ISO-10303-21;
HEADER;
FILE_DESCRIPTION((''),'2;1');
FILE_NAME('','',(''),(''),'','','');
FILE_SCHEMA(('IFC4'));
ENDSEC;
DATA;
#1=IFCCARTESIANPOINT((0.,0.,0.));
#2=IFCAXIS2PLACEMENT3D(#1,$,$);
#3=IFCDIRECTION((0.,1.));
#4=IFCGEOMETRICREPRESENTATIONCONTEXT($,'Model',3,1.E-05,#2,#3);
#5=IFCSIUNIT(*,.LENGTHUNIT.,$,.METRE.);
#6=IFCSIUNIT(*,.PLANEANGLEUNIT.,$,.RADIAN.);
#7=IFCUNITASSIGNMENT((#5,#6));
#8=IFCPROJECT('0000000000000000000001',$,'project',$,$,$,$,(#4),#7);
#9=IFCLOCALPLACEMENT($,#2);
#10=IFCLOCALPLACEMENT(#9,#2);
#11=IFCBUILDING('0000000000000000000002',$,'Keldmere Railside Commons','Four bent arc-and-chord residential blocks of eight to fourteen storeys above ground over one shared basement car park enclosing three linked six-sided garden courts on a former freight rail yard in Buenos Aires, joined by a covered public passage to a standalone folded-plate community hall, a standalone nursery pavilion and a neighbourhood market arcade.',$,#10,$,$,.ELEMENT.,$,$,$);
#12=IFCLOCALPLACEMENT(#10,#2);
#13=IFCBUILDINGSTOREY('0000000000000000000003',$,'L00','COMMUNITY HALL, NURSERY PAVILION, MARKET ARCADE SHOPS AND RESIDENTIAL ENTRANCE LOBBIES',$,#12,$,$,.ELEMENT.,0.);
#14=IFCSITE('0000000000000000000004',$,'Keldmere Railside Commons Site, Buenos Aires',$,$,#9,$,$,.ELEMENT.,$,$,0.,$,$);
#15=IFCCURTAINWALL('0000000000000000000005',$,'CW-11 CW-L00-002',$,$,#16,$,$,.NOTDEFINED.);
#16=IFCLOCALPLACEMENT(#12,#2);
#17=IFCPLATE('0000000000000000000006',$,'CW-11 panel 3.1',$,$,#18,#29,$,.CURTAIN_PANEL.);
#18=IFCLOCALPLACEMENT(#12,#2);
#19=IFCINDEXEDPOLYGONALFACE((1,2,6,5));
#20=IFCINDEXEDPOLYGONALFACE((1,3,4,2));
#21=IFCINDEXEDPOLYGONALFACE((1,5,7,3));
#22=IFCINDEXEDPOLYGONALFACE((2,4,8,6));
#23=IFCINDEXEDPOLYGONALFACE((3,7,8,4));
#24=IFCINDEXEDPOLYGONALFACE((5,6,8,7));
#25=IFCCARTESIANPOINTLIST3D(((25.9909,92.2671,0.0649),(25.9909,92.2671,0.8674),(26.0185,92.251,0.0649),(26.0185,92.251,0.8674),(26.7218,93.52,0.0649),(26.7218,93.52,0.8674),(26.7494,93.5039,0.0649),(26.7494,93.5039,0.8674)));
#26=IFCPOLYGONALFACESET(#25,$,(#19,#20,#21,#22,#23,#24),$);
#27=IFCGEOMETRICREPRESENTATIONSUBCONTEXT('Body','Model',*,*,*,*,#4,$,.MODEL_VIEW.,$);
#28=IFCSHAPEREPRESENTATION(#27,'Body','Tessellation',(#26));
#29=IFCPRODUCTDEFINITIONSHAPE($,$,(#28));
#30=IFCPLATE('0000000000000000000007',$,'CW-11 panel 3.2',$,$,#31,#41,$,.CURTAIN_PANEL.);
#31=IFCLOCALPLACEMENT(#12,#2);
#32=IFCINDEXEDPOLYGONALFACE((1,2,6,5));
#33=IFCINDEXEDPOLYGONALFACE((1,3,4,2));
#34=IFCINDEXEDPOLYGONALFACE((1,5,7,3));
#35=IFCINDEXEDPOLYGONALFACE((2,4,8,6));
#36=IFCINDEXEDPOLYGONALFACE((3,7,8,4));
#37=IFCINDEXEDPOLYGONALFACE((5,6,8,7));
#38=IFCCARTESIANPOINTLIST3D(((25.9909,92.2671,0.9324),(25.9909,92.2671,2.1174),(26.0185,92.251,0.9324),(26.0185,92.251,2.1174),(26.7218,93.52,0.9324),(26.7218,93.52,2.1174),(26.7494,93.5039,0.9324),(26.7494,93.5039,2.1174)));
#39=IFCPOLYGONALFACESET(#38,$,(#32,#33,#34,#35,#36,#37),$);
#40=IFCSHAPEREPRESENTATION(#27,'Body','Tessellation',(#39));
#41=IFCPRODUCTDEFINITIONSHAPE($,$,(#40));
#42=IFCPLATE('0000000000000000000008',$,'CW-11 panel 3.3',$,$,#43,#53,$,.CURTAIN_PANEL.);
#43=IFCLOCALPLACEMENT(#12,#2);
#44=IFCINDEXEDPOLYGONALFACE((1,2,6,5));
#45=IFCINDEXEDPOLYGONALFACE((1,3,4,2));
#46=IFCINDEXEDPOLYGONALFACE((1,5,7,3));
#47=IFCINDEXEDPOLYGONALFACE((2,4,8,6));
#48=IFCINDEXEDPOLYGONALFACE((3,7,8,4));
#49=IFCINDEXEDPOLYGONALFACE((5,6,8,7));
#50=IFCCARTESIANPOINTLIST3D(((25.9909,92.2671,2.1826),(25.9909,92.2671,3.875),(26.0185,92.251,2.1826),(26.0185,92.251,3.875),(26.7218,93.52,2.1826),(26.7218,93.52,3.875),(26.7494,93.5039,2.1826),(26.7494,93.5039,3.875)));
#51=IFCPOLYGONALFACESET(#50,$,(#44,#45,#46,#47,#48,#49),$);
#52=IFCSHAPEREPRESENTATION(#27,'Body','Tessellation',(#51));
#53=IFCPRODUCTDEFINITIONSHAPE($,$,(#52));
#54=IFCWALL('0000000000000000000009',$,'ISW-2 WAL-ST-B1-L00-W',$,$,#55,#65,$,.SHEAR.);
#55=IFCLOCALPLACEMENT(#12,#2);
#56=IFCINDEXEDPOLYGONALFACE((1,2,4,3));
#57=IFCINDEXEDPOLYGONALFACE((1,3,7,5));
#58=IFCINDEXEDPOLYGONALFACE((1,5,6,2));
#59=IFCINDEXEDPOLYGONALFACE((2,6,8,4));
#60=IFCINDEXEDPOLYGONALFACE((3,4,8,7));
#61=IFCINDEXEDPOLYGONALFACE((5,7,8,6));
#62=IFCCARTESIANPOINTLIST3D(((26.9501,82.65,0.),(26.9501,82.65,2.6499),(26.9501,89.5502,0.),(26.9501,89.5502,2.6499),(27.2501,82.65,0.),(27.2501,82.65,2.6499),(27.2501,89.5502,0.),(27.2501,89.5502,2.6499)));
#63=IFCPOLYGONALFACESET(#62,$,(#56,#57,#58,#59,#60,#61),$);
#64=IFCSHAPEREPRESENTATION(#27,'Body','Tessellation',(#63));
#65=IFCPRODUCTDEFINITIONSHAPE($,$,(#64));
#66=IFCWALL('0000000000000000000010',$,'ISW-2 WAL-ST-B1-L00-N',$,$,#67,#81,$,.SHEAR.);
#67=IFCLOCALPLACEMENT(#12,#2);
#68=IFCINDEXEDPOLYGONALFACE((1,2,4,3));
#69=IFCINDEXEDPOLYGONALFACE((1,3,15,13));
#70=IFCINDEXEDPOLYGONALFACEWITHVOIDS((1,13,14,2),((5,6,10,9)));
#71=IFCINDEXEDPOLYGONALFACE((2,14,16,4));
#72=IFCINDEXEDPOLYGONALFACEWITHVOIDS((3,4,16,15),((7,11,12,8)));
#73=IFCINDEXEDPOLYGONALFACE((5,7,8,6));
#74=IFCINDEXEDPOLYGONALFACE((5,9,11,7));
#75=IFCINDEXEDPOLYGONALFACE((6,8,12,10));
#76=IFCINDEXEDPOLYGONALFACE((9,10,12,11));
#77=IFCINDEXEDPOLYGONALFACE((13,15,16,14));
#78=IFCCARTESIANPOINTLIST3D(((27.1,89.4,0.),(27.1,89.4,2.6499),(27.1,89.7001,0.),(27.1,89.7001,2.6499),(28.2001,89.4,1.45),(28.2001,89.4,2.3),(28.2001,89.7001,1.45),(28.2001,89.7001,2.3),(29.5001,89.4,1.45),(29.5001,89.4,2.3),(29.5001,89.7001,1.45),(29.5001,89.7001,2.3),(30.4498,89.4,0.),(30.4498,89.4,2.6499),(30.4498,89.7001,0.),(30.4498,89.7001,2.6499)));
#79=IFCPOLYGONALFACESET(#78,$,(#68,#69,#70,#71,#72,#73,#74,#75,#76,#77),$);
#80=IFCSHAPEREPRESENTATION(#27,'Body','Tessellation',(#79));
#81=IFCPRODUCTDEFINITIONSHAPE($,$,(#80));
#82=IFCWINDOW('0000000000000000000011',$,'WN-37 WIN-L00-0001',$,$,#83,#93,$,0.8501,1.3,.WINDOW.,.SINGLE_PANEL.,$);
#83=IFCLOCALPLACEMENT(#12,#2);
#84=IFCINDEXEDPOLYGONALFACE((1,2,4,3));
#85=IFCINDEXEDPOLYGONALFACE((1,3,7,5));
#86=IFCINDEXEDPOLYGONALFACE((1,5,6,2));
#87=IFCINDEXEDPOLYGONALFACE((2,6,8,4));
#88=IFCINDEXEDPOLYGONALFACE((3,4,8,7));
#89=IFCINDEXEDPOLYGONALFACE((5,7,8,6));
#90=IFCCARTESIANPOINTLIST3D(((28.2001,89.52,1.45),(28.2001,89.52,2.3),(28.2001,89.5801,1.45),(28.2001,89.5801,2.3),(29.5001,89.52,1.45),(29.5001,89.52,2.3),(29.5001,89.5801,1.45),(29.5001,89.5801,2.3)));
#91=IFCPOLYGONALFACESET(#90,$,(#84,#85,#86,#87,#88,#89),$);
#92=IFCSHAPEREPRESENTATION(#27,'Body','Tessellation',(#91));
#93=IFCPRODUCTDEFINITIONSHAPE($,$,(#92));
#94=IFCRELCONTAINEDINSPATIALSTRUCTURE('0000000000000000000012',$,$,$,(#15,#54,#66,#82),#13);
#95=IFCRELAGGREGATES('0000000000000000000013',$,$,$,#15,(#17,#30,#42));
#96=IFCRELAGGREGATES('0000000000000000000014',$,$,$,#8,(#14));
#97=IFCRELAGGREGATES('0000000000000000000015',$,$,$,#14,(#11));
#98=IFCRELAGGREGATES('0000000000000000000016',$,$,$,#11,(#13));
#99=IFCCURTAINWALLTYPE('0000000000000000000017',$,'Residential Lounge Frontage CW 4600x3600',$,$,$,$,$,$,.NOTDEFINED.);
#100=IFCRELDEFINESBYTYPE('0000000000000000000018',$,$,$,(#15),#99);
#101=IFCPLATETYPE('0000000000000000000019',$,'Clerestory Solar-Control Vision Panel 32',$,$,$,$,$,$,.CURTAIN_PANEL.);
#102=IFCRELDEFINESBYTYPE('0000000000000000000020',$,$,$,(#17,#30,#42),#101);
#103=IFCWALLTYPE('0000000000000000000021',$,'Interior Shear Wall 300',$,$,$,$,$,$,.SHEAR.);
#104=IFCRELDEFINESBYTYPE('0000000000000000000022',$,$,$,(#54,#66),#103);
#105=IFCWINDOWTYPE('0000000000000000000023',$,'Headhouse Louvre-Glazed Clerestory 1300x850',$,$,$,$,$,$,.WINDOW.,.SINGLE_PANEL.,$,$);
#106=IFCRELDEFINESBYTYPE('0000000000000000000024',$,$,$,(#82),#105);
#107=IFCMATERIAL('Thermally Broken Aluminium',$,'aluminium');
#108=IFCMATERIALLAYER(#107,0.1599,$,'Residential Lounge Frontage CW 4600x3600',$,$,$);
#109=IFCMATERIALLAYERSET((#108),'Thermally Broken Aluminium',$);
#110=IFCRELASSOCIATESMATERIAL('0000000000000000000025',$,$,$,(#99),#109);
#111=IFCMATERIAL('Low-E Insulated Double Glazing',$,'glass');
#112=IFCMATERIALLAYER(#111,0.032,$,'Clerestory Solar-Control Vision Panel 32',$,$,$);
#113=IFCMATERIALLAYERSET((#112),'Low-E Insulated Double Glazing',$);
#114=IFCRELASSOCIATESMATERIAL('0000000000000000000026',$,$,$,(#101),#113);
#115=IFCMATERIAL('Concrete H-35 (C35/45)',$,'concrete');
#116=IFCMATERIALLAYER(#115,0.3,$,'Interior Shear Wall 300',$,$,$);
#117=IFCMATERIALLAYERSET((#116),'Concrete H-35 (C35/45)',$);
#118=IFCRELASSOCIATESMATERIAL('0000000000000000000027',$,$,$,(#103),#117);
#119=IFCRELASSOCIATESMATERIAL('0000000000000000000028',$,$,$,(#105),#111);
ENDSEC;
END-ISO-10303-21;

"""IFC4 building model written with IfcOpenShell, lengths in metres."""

from ifc_helpers import new_model, si_unit, direction, frame, frame_2d, origin, origin_2d, place, context, subcontext, project, spatial, rectangle, extrude, material, layer, layer_set, type_object, element, fill, aggregate, save


model = new_model("IFC4")

# Units and contexts
model_context = context("Model", 3, precision=1e-05, world=origin(), true_north=direction((0.0, 1.0)))
body_context = subcontext(model_context, "Body", "Model", "MODEL_VIEW")
ifc_project = project(units=[si_unit("LENGTHUNIT", "METRE"), si_unit("PLANEANGLEUNIT", "RADIAN")], contexts=[model_context])

# Site, building, storey
site_placement = place(None, origin())
site = spatial("IfcSite", under=ifc_project, at=site_placement, Name="Keldmere Railside Commons Site, Buenos Aires", CompositionType="ELEMENT", RefElevation=0.0)
building_placement = place(site_placement, origin())
building = spatial("IfcBuilding", under=site, at=building_placement, Name="Keldmere Railside Commons", Description="Four bent arc-and-chord residential blocks of eight to fourteen storeys above ground over one shared basement car park enclosing three linked six-sided garden courts on a former freight rail yard in Buenos Aires, joined by a covered public passage to a standalone folded-plate community hall, a standalone nursery pavilion and a neighbourhood market arcade.", CompositionType="ELEMENT")
storey_placement = place(building_placement, origin())
storey = spatial("IfcBuildingStorey", under=building, at=storey_placement, Name="L00", Description="COMMUNITY HALL, NURSERY PAVILION, MARKET ARCADE SHOPS AND RESIDENTIAL ENTRANCE LOBBIES", CompositionType="ELEMENT", Elevation=0.0)

# Shared definitions
ifc_material_1 = material(Name="Thermally Broken Aluminium", Category="aluminium")

# Curtain wall
ifc_layer_1 = layer(ifc_material_1, 0.1599, Name="Residential Lounge Frontage CW 4600x3600")
ifc_layer_set_1 = layer_set([ifc_layer_1], Name="Thermally Broken Aluminium")
curtain_wall_type_1 = type_object("IfcCurtainWallType", Name="Residential Lounge Frontage CW 4600x3600", PredefinedType="NOTDEFINED", material=ifc_layer_set_1)
curtain_wall_1_placement = place(storey_placement, origin())
curtain_wall_1 = element("IfcCurtainWall", 1, at=curtain_wall_1_placement, inside=storey, type_object=curtain_wall_type_1, Name="CW-11 CW-L00-002", PredefinedType="NOTDEFINED")

# Plates
ifc_material_2 = material(Name="Low-E Insulated Double Glazing", Category="glass")
ifc_layer_2 = layer(ifc_material_2, 0.032, Name="Clerestory Solar-Control Vision Panel 32")
ifc_layer_set_2 = layer_set([ifc_layer_2], Name="Low-E Insulated Double Glazing")
plate_type_1 = type_object("IfcPlateType", Name="Clerestory Solar-Control Vision Panel 32", PredefinedType="CURTAIN_PANEL", material=ifc_layer_set_2)
plate_1_placement = place(storey_placement, frame((26.3701, 92.8855, 0.0649), z_axis=(0.0, 0.0, 1.0), x_axis=(-0.503911, -0.863755, 0.0)))
plate_1 = element("IfcPlate", 2, at=plate_1_placement, type_object=plate_type_1, Name="CW-11 panel 3.1", PredefinedType="CURTAIN_PANEL", context=body_context, shape_type="SweptSolid", body=[
    extrude(rectangle(XDim=1.4504, YDim=0.032, at=origin_2d()), origin(), (0.0, 0.0, 1.0), 0.8025),
])
plate_2_placement = place(storey_placement, frame((26.3701, 92.8855, 0.9324), z_axis=(0.0, 0.0, 1.0), x_axis=(-0.503911, -0.863755, 0.0)))
plate_2 = element("IfcPlate", 3, at=plate_2_placement, type_object=plate_type_1, Name="CW-11 panel 3.2", PredefinedType="CURTAIN_PANEL", context=body_context, shape_type="SweptSolid", body=[
    extrude(rectangle(XDim=1.4504, YDim=0.032, at=origin_2d()), origin(), (0.0, 0.0, 1.0), 1.1851),
])
plate_3_placement = place(storey_placement, frame((26.3701, 92.8855, 2.1826), z_axis=(0.0, 0.0, 1.0), x_axis=(-0.503911, -0.863755, 0.0)))
plate_3 = element("IfcPlate", 4, at=plate_3_placement, type_object=plate_type_1, Name="CW-11 panel 3.3", PredefinedType="CURTAIN_PANEL", context=body_context, shape_type="SweptSolid", body=[
    extrude(rectangle(XDim=1.4504, YDim=0.032, at=origin_2d()), origin(), (0.0, 0.0, 1.0), 1.6924),
])
aggregate(curtain_wall_1, [plate_1, plate_2, plate_3])

# Wall
ifc_material_3 = material(Name="Concrete H-35 (C35/45)", Category="concrete")
ifc_layer_3 = layer(ifc_material_3, 0.3, Name="Interior Shear Wall 300")
ifc_layer_set_3 = layer_set([ifc_layer_3], Name="Concrete H-35 (C35/45)")
wall_type = type_object("IfcWallType", Name="Interior Shear Wall 300", PredefinedType="SHEAR", material=ifc_layer_set_3)
wall_1_placement = place(storey_placement, frame((27.1001, 82.6499, 0.0), z_axis=(0.0, 0.0, 1.0), x_axis=(0.0, 1.0, 0.0)))
element("IfcWall", 5, at=wall_1_placement, inside=storey, type_object=wall_type, Name="ISW-2 WAL-ST-B1-L00-W", PredefinedType="SHEAR", context=body_context, shape_type="SweptSolid", body=[
    extrude(rectangle(XDim=6.9001, YDim=0.3, at=frame_2d((3.4502, 0.0))), origin(), (0.0, 0.0, 1.0), 2.6499),
])

# Wall, opening, window
wall_2_placement = place(storey_placement, frame((27.1001, 89.55, 0.0), z_axis=(0.0, 0.0, 1.0), x_axis=(1.0, 0.0, 0.0)))
wall_2 = element("IfcWall", 6, at=wall_2_placement, inside=storey, type_object=wall_type, Name="ISW-2 WAL-ST-B1-L00-N", PredefinedType="SHEAR", context=body_context, shape_type="SweptSolid", body=[
    extrude(rectangle(XDim=3.3499, YDim=0.3, at=frame_2d((1.6748, 0.0))), origin(), (0.0, 0.0, 1.0), 2.6499),
])
opening_placement = place(wall_2_placement, frame((1.1001, 0.0, 1.45)))
opening = element("IfcOpeningElement", 7, at=opening_placement, cuts=wall_2, PredefinedType="OPENING", context=body_context, shape_type="SweptSolid", body=[
    extrude(rectangle(XDim=1.3, YDim=0.8501, at=frame_2d((0.6499, 0.425))), frame((0.0, 0.1599, 0.0), z_axis=(0.0, -1.0, 0.0), x_axis=(1.0, 0.0, 0.0)), (0.0, 0.0, 1.0), 0.3201),
])
window_type = type_object("IfcWindowType", Name="Headhouse Louvre-Glazed Clerestory 1300x850", PartitioningType="SINGLE_PANEL", PredefinedType="WINDOW", material=ifc_material_2)
window_placement = place(opening_placement, origin())
window = element("IfcWindow", 8, at=window_placement, inside=storey, type_object=window_type, Name="WN-37 WIN-L00-0001", OverallHeight=0.8501, OverallWidth=1.3, PartitioningType="SINGLE_PANEL", PredefinedType="WINDOW", context=body_context, shape_type="SweptSolid", body=[
    extrude(rectangle(XDim=1.3, YDim=0.8501, at=frame_2d((0.6499, 0.425))), frame((0.0, 0.03, 0.0), z_axis=(0.0, -1.0, 0.0), x_axis=(1.0, 0.0, 0.0)), (0.0, 0.0, 1.0), 0.0601),
])
fill(opening, window)

save(model, "model.ifc")
